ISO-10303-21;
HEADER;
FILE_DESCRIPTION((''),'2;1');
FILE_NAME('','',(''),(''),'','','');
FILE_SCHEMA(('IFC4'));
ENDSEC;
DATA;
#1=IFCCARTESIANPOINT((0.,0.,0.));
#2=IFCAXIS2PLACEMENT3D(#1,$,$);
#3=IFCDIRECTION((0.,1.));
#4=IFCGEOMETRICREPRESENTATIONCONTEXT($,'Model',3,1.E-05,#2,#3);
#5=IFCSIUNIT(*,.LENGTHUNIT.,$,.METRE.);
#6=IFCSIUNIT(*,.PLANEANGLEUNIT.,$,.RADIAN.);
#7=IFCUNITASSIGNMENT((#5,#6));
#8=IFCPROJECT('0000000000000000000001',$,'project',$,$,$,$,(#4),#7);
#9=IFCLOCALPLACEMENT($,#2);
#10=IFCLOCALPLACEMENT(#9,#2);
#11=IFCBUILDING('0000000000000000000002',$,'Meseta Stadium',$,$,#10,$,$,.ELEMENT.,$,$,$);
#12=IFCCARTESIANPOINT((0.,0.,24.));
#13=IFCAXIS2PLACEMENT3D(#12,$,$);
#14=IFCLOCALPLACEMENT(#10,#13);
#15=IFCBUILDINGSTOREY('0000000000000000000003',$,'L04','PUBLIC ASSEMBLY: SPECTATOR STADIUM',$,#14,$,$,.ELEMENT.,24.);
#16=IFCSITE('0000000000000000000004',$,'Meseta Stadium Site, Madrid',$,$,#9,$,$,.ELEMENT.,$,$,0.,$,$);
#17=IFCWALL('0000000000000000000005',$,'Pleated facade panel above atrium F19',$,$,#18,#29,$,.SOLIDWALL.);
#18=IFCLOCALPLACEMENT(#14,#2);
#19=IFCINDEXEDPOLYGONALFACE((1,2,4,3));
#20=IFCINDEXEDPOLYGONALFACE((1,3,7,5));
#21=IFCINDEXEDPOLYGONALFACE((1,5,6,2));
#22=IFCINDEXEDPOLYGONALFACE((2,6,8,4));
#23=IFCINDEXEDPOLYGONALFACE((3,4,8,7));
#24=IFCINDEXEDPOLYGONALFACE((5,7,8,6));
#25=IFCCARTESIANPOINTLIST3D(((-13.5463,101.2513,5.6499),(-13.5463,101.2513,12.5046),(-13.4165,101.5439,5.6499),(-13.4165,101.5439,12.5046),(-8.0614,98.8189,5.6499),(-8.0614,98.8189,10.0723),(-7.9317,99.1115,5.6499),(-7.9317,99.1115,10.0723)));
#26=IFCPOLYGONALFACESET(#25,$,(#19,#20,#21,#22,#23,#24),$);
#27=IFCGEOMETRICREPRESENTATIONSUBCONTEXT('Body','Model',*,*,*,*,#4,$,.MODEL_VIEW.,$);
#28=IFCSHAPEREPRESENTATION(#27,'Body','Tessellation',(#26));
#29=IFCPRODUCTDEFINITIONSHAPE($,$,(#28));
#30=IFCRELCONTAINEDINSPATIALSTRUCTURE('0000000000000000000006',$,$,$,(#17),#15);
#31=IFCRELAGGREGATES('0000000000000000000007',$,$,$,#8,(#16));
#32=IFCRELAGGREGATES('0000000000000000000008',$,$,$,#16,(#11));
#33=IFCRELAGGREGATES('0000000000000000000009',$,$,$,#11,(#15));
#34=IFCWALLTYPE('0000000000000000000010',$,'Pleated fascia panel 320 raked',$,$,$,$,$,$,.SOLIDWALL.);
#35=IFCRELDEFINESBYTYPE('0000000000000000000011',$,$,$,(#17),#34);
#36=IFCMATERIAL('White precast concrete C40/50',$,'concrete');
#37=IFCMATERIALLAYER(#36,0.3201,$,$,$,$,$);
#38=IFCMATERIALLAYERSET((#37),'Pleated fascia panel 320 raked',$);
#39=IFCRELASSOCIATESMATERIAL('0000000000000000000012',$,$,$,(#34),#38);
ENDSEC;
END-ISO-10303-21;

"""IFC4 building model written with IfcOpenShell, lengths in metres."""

from ifc_helpers import new_model, si_unit, direction, frame, origin, place, context, subcontext, project, spatial, polyline, outline, extrude, material, layer, layer_set, type_object, element, save


model = new_model("IFC4")

# Units and contexts
model_context = context("Model", 3, precision=1e-05, world=origin(), true_north=direction((0.0, 1.0)))
body_context = subcontext(model_context, "Body", "Model", "MODEL_VIEW")
ifc_project = project(units=[si_unit("LENGTHUNIT", "METRE"), si_unit("PLANEANGLEUNIT", "RADIAN")], contexts=[model_context])

# Site, building, storey
site_placement = place(None, origin())
site = spatial("IfcSite", under=ifc_project, at=site_placement, Name="Meseta Stadium Site, Madrid", CompositionType="ELEMENT", RefElevation=0.0)
building_placement = place(site_placement, origin())
building = spatial("IfcBuilding", under=site, at=building_placement, Name="Meseta Stadium", CompositionType="ELEMENT")
storey_placement = place(building_placement, frame((0.0, 0.0, 24.0)))
storey = spatial("IfcBuildingStorey", under=building, at=storey_placement, Name="L04", Description="PUBLIC ASSEMBLY: SPECTATOR STADIUM", CompositionType="ELEMENT", Elevation=24.0)

# Shared definitions
ifc_material_1 = material(Name="White precast concrete C40/50", Category="concrete")
ifc_layer_1 = layer(ifc_material_1, 0.3201)
ifc_layer_set_1 = layer_set([ifc_layer_1], Name="Pleated fascia panel 320 raked")
wall_type_1 = type_object("IfcWallType", Name="Pleated fascia panel 320 raked", PredefinedType="SOLIDWALL", material=ifc_layer_set_1)

# Wall
wall_1_placement = place(storey_placement, frame((-13.4814, 101.3975, 5.6499), z_axis=(0.0, 0.0, 1.0), x_axis=(0.914142, -0.405395, 0.0)))
element("IfcWall", 1, at=wall_1_placement, inside=storey, type_object=wall_type_1, Name="Pleated facade panel above atrium F19", PredefinedType="SOLIDWALL", context=body_context, shape_type="SweptSolid", body=[
    extrude(outline(polyline([(0.0, 0.0), (6.0, 0.0), (6.0, 4.4224), (0.0, 6.8547), (0.0, 0.0)])), frame((0.0, 0.1602, 0.0), z_axis=(0.0, -1.0, 0.0), x_axis=(1.0, 0.0, 0.0)), (0.0, 0.0, 1.0), 0.3201),
])

save(model, "model.ifc")
